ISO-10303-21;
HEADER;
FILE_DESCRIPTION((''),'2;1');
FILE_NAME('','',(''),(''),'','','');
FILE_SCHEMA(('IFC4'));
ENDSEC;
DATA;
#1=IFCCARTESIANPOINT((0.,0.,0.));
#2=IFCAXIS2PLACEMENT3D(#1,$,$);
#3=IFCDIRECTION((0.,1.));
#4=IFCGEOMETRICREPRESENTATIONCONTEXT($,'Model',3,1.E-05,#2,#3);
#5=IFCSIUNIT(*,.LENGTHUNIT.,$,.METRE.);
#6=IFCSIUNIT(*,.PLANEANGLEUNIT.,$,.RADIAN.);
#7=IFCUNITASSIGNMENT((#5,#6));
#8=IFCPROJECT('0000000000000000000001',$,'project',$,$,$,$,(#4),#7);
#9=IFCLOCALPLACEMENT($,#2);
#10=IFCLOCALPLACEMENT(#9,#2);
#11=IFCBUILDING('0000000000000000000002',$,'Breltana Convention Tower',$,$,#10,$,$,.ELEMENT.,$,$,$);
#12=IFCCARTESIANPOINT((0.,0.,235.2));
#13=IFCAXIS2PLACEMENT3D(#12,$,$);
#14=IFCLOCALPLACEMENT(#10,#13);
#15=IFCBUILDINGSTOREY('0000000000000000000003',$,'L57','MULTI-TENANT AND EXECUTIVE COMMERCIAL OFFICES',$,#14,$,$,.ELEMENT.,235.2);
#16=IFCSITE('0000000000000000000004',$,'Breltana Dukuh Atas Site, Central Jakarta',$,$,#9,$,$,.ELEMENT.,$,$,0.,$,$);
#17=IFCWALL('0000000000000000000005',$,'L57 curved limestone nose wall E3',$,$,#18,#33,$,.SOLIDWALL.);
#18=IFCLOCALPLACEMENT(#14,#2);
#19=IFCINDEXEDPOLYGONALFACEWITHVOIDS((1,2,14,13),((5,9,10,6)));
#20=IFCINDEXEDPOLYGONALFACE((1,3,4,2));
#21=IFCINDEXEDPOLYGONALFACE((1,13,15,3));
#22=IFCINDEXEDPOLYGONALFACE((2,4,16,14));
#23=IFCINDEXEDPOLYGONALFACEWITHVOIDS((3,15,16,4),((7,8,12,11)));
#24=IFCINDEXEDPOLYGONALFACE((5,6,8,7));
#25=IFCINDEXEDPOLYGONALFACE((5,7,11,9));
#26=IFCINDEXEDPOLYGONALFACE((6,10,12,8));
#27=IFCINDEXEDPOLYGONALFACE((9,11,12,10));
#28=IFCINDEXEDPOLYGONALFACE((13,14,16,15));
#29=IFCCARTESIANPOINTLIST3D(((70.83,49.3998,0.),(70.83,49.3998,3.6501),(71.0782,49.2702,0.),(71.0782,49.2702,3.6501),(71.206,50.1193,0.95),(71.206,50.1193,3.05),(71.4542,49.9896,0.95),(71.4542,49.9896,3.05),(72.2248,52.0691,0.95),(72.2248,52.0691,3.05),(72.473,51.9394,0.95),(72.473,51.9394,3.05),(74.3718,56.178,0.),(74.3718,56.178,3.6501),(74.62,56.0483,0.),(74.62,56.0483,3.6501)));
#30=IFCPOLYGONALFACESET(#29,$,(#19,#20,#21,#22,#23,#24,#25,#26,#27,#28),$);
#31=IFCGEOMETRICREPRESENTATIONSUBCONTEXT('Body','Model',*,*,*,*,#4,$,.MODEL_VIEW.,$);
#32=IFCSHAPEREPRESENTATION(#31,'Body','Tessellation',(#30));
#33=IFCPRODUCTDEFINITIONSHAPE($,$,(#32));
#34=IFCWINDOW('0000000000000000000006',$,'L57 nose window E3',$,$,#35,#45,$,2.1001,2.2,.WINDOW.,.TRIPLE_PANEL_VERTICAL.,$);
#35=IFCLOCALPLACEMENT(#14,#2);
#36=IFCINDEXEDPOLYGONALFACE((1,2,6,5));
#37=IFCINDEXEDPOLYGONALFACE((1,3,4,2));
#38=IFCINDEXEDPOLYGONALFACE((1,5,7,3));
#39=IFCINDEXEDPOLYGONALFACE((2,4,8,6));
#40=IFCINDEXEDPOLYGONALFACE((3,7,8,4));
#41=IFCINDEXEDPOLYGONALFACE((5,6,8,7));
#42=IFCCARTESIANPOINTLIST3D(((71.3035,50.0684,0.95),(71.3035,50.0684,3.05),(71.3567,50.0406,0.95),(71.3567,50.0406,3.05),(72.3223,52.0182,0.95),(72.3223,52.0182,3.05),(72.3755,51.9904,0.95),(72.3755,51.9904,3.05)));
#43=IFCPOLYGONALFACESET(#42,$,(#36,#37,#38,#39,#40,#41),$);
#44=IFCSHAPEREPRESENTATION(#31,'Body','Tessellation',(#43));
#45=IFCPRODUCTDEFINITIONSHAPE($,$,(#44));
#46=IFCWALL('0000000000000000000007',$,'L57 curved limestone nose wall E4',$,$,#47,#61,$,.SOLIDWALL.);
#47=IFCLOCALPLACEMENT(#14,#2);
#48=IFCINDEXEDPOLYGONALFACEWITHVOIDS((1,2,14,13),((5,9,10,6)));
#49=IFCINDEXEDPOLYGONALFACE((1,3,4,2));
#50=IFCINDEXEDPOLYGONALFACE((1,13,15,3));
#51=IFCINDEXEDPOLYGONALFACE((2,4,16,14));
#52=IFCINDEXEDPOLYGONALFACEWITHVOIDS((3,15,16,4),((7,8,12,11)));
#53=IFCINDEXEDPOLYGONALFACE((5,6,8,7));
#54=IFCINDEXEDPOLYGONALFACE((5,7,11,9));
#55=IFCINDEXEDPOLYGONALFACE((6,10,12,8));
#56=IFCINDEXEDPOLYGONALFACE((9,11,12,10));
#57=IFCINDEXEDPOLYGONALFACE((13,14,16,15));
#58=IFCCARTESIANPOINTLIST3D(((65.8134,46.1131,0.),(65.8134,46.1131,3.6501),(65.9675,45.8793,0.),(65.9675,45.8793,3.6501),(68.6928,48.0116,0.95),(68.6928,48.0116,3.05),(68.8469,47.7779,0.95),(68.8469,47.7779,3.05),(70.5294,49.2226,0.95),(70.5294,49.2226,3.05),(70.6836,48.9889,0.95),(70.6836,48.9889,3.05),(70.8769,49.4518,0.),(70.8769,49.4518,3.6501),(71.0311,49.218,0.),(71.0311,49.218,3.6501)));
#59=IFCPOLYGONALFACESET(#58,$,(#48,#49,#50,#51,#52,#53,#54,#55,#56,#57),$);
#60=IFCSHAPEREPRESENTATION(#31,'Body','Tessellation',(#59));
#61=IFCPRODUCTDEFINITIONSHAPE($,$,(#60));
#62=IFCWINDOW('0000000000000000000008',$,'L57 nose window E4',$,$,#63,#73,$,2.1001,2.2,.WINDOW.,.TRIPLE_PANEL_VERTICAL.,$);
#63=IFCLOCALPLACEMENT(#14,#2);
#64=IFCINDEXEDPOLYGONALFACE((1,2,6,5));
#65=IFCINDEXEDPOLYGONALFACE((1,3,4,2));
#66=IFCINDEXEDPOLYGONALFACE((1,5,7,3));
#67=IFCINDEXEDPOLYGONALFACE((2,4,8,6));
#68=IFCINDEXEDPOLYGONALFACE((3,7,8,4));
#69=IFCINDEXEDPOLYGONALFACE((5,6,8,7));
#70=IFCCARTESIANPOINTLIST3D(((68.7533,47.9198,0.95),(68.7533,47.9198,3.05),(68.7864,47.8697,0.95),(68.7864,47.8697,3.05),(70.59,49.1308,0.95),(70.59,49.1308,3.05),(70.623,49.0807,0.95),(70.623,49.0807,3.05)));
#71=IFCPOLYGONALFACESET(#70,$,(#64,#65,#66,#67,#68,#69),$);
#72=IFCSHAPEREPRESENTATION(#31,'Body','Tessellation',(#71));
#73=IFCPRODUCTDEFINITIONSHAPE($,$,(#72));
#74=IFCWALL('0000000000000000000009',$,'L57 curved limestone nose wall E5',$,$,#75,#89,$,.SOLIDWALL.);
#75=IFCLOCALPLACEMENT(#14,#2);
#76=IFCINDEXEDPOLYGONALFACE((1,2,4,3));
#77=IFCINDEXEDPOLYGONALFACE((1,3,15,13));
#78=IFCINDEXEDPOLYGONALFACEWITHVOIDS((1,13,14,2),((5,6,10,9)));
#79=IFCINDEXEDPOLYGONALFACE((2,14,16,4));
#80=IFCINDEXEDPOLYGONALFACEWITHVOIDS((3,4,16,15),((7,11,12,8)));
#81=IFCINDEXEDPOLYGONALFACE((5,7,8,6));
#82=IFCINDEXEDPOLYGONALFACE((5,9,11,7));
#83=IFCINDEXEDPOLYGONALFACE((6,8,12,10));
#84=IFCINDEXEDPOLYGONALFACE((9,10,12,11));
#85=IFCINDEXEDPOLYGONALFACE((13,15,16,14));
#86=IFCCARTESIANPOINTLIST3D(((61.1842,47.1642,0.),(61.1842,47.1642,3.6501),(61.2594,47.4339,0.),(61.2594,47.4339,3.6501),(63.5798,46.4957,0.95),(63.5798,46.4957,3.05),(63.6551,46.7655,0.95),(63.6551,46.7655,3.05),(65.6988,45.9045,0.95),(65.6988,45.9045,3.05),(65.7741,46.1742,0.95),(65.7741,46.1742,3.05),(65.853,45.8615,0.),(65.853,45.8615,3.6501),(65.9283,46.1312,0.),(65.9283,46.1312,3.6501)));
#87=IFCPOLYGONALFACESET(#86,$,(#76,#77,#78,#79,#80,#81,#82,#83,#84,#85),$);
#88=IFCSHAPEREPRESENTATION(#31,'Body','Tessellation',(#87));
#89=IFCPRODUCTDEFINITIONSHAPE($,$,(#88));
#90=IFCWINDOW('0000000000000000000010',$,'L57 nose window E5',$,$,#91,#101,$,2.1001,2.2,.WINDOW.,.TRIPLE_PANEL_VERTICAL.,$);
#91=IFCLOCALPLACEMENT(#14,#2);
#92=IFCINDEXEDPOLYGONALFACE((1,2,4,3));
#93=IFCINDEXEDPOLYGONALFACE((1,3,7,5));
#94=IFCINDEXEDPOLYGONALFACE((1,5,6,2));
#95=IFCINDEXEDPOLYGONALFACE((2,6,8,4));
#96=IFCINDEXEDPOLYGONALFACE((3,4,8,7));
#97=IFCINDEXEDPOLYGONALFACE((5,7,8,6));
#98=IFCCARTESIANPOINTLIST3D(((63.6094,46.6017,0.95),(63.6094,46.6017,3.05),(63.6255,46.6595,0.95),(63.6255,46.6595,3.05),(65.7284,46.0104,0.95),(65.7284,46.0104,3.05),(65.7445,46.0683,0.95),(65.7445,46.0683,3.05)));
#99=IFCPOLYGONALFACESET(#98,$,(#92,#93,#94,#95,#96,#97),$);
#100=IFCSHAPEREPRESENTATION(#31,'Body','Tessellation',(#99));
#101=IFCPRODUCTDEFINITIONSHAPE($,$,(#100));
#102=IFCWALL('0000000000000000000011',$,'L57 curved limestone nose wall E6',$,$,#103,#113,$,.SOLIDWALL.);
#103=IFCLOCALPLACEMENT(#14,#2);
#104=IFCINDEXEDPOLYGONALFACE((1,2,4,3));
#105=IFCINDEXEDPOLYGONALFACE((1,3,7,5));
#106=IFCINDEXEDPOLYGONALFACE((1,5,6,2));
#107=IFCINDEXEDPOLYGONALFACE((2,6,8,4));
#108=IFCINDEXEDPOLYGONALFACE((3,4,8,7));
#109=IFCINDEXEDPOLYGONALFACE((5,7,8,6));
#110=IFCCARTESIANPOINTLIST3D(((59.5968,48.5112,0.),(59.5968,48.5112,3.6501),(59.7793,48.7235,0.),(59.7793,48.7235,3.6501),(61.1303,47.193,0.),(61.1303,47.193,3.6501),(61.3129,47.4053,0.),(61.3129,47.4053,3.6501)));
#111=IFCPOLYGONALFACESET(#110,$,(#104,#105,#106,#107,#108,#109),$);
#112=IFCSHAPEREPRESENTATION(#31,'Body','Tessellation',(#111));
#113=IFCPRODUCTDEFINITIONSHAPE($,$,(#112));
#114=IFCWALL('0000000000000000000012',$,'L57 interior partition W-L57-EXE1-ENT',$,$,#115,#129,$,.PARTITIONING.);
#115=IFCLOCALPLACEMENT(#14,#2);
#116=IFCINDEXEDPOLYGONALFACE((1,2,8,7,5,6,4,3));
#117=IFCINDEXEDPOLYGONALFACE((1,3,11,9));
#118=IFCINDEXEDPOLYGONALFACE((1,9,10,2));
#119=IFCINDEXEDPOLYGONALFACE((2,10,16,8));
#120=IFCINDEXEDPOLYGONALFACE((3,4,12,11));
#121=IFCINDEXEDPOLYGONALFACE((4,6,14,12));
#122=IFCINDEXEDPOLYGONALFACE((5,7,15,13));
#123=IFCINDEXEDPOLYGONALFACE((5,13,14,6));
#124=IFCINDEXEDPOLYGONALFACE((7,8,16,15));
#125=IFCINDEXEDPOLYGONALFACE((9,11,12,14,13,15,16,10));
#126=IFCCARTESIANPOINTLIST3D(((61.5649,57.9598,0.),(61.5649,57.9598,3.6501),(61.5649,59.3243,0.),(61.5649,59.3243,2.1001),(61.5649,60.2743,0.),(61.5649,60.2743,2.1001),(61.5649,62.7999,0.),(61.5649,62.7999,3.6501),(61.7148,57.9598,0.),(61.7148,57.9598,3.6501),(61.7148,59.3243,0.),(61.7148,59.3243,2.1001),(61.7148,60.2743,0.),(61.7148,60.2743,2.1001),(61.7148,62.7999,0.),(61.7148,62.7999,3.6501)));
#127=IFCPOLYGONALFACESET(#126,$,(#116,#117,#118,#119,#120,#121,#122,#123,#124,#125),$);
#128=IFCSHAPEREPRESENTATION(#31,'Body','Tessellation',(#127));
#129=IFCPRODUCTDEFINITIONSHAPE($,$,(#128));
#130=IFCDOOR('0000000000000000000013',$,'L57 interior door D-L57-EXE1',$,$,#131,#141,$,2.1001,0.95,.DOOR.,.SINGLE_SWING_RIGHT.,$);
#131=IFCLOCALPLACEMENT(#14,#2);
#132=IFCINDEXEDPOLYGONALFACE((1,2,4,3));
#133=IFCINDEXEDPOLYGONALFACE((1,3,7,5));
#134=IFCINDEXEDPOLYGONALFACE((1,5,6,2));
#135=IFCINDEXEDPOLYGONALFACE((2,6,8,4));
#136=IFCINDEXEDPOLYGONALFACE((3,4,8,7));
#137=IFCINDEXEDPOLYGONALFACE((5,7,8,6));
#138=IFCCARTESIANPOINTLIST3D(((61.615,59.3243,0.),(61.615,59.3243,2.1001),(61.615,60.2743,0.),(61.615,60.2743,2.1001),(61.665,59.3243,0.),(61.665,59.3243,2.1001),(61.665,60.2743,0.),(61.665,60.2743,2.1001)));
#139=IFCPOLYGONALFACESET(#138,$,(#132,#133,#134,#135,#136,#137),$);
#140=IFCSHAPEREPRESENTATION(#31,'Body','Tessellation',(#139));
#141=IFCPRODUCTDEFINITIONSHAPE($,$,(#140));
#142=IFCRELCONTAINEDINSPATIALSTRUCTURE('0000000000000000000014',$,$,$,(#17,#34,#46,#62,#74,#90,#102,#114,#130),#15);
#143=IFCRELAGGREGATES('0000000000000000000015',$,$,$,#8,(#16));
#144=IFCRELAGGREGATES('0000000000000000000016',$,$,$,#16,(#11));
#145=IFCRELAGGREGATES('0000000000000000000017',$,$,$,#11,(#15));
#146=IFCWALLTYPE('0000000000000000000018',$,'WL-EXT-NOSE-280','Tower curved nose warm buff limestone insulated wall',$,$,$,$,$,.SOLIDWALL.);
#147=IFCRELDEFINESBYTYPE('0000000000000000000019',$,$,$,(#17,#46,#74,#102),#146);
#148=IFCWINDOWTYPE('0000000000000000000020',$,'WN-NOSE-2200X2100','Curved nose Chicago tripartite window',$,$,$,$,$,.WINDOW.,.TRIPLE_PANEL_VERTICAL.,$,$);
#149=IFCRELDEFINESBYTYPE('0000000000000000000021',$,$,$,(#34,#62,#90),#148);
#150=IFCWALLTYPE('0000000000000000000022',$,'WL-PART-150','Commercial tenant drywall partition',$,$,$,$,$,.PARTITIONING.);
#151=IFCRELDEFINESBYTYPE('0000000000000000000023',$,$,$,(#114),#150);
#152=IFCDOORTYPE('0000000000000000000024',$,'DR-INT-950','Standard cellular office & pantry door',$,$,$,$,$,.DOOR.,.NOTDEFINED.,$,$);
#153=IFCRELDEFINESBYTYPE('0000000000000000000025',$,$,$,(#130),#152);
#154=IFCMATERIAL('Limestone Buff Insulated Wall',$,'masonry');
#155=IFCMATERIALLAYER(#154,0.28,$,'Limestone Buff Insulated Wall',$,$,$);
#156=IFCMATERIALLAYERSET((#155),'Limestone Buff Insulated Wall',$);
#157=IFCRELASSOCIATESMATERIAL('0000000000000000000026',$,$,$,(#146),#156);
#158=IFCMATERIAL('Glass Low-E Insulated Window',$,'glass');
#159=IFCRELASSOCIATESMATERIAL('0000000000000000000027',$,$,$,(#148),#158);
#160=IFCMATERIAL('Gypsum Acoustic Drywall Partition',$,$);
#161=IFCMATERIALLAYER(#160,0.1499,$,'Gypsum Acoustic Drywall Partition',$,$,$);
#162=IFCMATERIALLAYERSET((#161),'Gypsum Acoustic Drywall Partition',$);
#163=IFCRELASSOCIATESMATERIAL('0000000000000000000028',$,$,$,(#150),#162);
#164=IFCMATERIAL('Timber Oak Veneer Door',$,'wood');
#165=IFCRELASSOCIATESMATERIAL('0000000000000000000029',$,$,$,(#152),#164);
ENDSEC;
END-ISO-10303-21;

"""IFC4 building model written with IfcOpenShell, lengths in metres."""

from ifc_helpers import new_model, si_unit, direction, frame, frame_2d, origin, place, context, subcontext, project, spatial, rectangle, extrude, source, transform, mapped, material, layer, layer_set, type_object, type_shapes, element, fill, save


model = new_model("IFC4")

# Units and contexts
model_context = context("Model", 3, precision=1e-05, world=origin(), true_north=direction((0.0, 1.0)))
body_context = subcontext(model_context, "Body", "Model", "MODEL_VIEW")
ifc_project = project(units=[si_unit("LENGTHUNIT", "METRE"), si_unit("PLANEANGLEUNIT", "RADIAN")], contexts=[model_context])

# Site, building, storey
site_placement = place(None, origin())
site = spatial("IfcSite", under=ifc_project, at=site_placement, Name="Breltana Dukuh Atas Site, Central Jakarta", CompositionType="ELEMENT", RefElevation=0.0)
building_placement = place(site_placement, origin())
building = spatial("IfcBuilding", under=site, at=building_placement, Name="Breltana Convention Tower", CompositionType="ELEMENT")
storey_placement = place(building_placement, frame((0.0, 0.0, 235.2)))
storey = spatial("IfcBuildingStorey", under=building, at=storey_placement, Name="L57", Description="MULTI-TENANT AND EXECUTIVE COMMERCIAL OFFICES", CompositionType="ELEMENT", Elevation=235.2)

# Walls, openings, windows
ifc_material_1 = material(Name="Limestone Buff Insulated Wall", Category="masonry")
ifc_layer_1 = layer(ifc_material_1, 0.28, Name="Limestone Buff Insulated Wall")
ifc_layer_set_1 = layer_set([ifc_layer_1], Name="Limestone Buff Insulated Wall")
wall_type_1 = type_object("IfcWallType", Name="WL-EXT-NOSE-280", Description="Tower curved nose warm buff limestone insulated wall", PredefinedType="SOLIDWALL", material=ifc_layer_set_1)
shared_shape_1 = source(origin(), body_context, "Body", "SweptSolid", [
    extrude(rectangle(XDim=7.6477, YDim=0.28, at=frame_2d((3.8237, 0.0))), origin(), (0.0, 0.0, 1.0), 3.6501),
])
wall_1_placement = place(storey_placement, frame((74.4958, 56.113, 0.0), z_axis=(0.0, 0.0, 1.0), x_axis=(-0.463117, -0.886297, 0.0)))
wall_1 = element("IfcWall", 1, at=wall_1_placement, inside=storey, type_object=wall_type_1, Name="L57 curved limestone nose wall E3", PredefinedType="SOLIDWALL", context=body_context, shape_type="MappedRepresentation", body=[
    mapped(shared_shape_1, transform((0.0, 0.0, 0.0), scale=1.0)),
])
opening_1_placement = place(wall_1_placement, frame((4.6357, 0.0, 0.95)))
opening_1 = element("IfcOpeningElement", 2, at=opening_1_placement, cuts=wall_1, PredefinedType="OPENING", context=body_context, shape_type="SweptSolid", body=[
    extrude(rectangle(XDim=2.2, YDim=2.1001, at=frame_2d((1.1001, 1.05))), frame((0.0, 0.1499, 0.0), z_axis=(0.0, -1.0, 0.0), x_axis=(1.0, 0.0, 0.0)), (0.0, 0.0, 1.0), 0.3),
])
ifc_material_2 = material(Name="Glass Low-E Insulated Window", Category="glass")
window_type = type_object("IfcWindowType", Name="WN-NOSE-2200X2100", Description="Curved nose Chicago tripartite window", PartitioningType="TRIPLE_PANEL_VERTICAL", PredefinedType="WINDOW", material=ifc_material_2)
shared_shape_2 = source(origin(), body_context, "Body", "SweptSolid", [
    extrude(rectangle(XDim=2.2, YDim=2.1001, at=frame_2d((1.1001, 1.05))), frame((0.0, 0.03, 0.0), z_axis=(0.0, -1.0, 0.0), x_axis=(1.0, 0.0, 0.0)), (0.0, 0.0, 1.0), 0.0601),
])
type_shapes(window_type, [shared_shape_2])
window_1_placement = place(opening_1_placement, origin())
window_1 = element("IfcWindow", 3, at=window_1_placement, inside=storey, type_object=window_type, Name="L57 nose window E3", OverallHeight=2.1001, OverallWidth=2.2, PartitioningType="TRIPLE_PANEL_VERTICAL", PredefinedType="WINDOW", context=body_context, shape_type="MappedRepresentation", body=[
    mapped(shared_shape_2, transform((0.0, 0.0, 0.0), scale=1.0)),
])
fill(opening_1, window_1)
shared_shape_3 = source(origin(), body_context, "Body", "SweptSolid", [
    extrude(rectangle(XDim=6.0652, YDim=0.28, at=frame_2d((3.0327, 0.0))), origin(), (0.0, 0.0, 1.0), 3.6501),
])
wall_2_placement = place(storey_placement, frame((70.9541, 49.335, 0.0), z_axis=(0.0, 0.0, 1.0), x_axis=(-0.834857, -0.550466, 0.0)))
wall_2 = element("IfcWall", 4, at=wall_2_placement, inside=storey, type_object=wall_type_1, Name="L57 curved limestone nose wall E4", PredefinedType="SOLIDWALL", context=body_context, shape_type="MappedRepresentation", body=[
    mapped(shared_shape_3, transform((0.0, 0.0, 0.0), scale=1.0)),
])
opening_2_placement = place(wall_2_placement, frame((0.4163, 0.0, 0.95)))
opening_2 = element("IfcOpeningElement", 5, at=opening_2_placement, cuts=wall_2, PredefinedType="OPENING", context=body_context, shape_type="SweptSolid", body=[
    extrude(rectangle(XDim=2.2, YDim=2.1001, at=frame_2d((1.1001, 1.05))), frame((0.0, 0.1499, 0.0), z_axis=(0.0, -1.0, 0.0), x_axis=(1.0, 0.0, 0.0)), (0.0, 0.0, 1.0), 0.3),
])
window_2_placement = place(opening_2_placement, origin())
window_2 = element("IfcWindow", 6, at=window_2_placement, inside=storey, type_object=window_type, Name="L57 nose window E4", OverallHeight=2.1001, OverallWidth=2.2, PartitioningType="TRIPLE_PANEL_VERTICAL", PredefinedType="WINDOW", context=body_context, shape_type="MappedRepresentation", body=[
    mapped(shared_shape_2, transform((0.0, 0.0, 0.0), scale=1.0)),
])
fill(opening_2, window_2)
shared_shape_4 = source(origin(), body_context, "Body", "SweptSolid", [
    extrude(rectangle(XDim=4.8472, YDim=0.28, at=frame_2d((2.4236, 0.0))), origin(), (0.0, 0.0, 1.0), 3.6501),
])
wall_3_placement = place(storey_placement, frame((65.8906, 45.9963, 0.0), z_axis=(0.0, 0.0, 1.0), x_axis=(-0.963208, 0.268756, 0.0)))
wall_3 = element("IfcWall", 7, at=wall_3_placement, inside=storey, type_object=wall_type_1, Name="L57 curved limestone nose wall E5", PredefinedType="SOLIDWALL", context=body_context, shape_type="MappedRepresentation", body=[
    mapped(shared_shape_4, transform((0.0, 0.0, 0.0), scale=1.0)),
])
opening_3_placement = place(wall_3_placement, frame((0.1599, 0.0, 0.95)))
opening_3 = element("IfcOpeningElement", 8, at=opening_3_placement, cuts=wall_3, PredefinedType="OPENING", context=body_context, shape_type="SweptSolid", body=[
    extrude(rectangle(XDim=2.2, YDim=2.1001, at=frame_2d((1.1001, 1.05))), frame((0.0, 0.1499, 0.0), z_axis=(0.0, -1.0, 0.0), x_axis=(1.0, 0.0, 0.0)), (0.0, 0.0, 1.0), 0.3),
])
window_3_placement = place(opening_3_placement, origin())
window_3 = element("IfcWindow", 9, at=window_3_placement, inside=storey, type_object=window_type, Name="L57 nose window E5", OverallHeight=2.1001, OverallWidth=2.2, PartitioningType="TRIPLE_PANEL_VERTICAL", PredefinedType="WINDOW", context=body_context, shape_type="MappedRepresentation", body=[
    mapped(shared_shape_2, transform((0.0, 0.0, 0.0), scale=1.0)),
])
fill(opening_3, window_3)

# Wall
shared_shape_5 = source(origin(), body_context, "Body", "SweptSolid", [
    extrude(rectangle(XDim=2.0222, YDim=0.28, at=frame_2d((1.0112, 0.0))), origin(), (0.0, 0.0, 1.0), 3.6501),
])
wall_4_placement = place(storey_placement, frame((61.2217, 47.2991, 0.0), z_axis=(0.0, 0.0, 1.0), x_axis=(-0.758344, 0.651855, 0.0)))
element("IfcWall", 10, at=wall_4_placement, inside=storey, type_object=wall_type_1, Name="L57 curved limestone nose wall E6", PredefinedType="SOLIDWALL", context=body_context, shape_type="MappedRepresentation", body=[
    mapped(shared_shape_5, transform((0.0, 0.0, 0.0), scale=1.0)),
])

# Wall, opening, door
ifc_material_3 = material(Name="Gypsum Acoustic Drywall Partition")
ifc_layer_2 = layer(ifc_material_3, 0.1499, Name="Gypsum Acoustic Drywall Partition")
ifc_layer_set_2 = layer_set([ifc_layer_2], Name="Gypsum Acoustic Drywall Partition")
wall_type_2 = type_object("IfcWallType", Name="WL-PART-150", Description="Commercial tenant drywall partition", PredefinedType="PARTITIONING", material=ifc_layer_set_2)
shared_shape_6 = source(origin(), body_context, "Body", "SweptSolid", [
    extrude(rectangle(XDim=4.8401, YDim=0.1499, at=frame_2d((2.4199, 0.0))), origin(), (0.0, 0.0, 1.0), 3.6501),
])
wall_5_placement = place(storey_placement, frame((61.6399, 57.96, 0.0), z_axis=(0.0, 0.0, 1.0), x_axis=(0.0, 1.0, 0.0)))
wall_5 = element("IfcWall", 11, at=wall_5_placement, inside=storey, type_object=wall_type_2, Name="L57 interior partition W-L57-EXE1-ENT", PredefinedType="PARTITIONING", context=body_context, shape_type="MappedRepresentation", body=[
    mapped(shared_shape_6, transform((0.0, 0.0, 0.0), scale=1.0)),
])
opening_4_placement = place(wall_5_placement, frame((1.3643, 0.0, 0.0)))
opening_4 = element("IfcOpeningElement", 12, at=opening_4_placement, cuts=wall_5, PredefinedType="OPENING", context=body_context, shape_type="SweptSolid", body=[
    extrude(rectangle(XDim=0.95, YDim=2.1001, at=frame_2d((0.4751, 1.05))), frame((0.0, 0.085, 0.0), z_axis=(0.0, -1.0, 0.0), x_axis=(1.0, 0.0, 0.0)), (0.0, 0.0, 1.0), 0.1699),
])
ifc_material_4 = material(Name="Timber Oak Veneer Door", Category="wood")
door_type = type_object("IfcDoorType", Name="DR-INT-950", Description="Standard cellular office & pantry door", OperationType="NOTDEFINED", PredefinedType="DOOR", material=ifc_material_4)
shared_shape_7 = source(origin(), body_context, "Body", "SweptSolid", [
    extrude(rectangle(XDim=0.95, YDim=2.1001, at=frame_2d((0.4751, 1.05))), frame((0.0, 0.0249, 0.0), z_axis=(0.0, -1.0, 0.0), x_axis=(1.0, 0.0, 0.0)), (0.0, 0.0, 1.0), 0.05),
])
type_shapes(door_type, [shared_shape_7])
door_placement = place(opening_4_placement, origin())
door = element("IfcDoor", 13, at=door_placement, inside=storey, type_object=door_type, Name="L57 interior door D-L57-EXE1", OperationType="SINGLE_SWING_RIGHT", OverallHeight=2.1001, OverallWidth=0.95, PredefinedType="DOOR", context=body_context, shape_type="MappedRepresentation", body=[
    mapped(shared_shape_7, transform((0.0, 0.0, 0.0), scale=1.0)),
])
fill(opening_4, door)

save(model, "model.ifc")
